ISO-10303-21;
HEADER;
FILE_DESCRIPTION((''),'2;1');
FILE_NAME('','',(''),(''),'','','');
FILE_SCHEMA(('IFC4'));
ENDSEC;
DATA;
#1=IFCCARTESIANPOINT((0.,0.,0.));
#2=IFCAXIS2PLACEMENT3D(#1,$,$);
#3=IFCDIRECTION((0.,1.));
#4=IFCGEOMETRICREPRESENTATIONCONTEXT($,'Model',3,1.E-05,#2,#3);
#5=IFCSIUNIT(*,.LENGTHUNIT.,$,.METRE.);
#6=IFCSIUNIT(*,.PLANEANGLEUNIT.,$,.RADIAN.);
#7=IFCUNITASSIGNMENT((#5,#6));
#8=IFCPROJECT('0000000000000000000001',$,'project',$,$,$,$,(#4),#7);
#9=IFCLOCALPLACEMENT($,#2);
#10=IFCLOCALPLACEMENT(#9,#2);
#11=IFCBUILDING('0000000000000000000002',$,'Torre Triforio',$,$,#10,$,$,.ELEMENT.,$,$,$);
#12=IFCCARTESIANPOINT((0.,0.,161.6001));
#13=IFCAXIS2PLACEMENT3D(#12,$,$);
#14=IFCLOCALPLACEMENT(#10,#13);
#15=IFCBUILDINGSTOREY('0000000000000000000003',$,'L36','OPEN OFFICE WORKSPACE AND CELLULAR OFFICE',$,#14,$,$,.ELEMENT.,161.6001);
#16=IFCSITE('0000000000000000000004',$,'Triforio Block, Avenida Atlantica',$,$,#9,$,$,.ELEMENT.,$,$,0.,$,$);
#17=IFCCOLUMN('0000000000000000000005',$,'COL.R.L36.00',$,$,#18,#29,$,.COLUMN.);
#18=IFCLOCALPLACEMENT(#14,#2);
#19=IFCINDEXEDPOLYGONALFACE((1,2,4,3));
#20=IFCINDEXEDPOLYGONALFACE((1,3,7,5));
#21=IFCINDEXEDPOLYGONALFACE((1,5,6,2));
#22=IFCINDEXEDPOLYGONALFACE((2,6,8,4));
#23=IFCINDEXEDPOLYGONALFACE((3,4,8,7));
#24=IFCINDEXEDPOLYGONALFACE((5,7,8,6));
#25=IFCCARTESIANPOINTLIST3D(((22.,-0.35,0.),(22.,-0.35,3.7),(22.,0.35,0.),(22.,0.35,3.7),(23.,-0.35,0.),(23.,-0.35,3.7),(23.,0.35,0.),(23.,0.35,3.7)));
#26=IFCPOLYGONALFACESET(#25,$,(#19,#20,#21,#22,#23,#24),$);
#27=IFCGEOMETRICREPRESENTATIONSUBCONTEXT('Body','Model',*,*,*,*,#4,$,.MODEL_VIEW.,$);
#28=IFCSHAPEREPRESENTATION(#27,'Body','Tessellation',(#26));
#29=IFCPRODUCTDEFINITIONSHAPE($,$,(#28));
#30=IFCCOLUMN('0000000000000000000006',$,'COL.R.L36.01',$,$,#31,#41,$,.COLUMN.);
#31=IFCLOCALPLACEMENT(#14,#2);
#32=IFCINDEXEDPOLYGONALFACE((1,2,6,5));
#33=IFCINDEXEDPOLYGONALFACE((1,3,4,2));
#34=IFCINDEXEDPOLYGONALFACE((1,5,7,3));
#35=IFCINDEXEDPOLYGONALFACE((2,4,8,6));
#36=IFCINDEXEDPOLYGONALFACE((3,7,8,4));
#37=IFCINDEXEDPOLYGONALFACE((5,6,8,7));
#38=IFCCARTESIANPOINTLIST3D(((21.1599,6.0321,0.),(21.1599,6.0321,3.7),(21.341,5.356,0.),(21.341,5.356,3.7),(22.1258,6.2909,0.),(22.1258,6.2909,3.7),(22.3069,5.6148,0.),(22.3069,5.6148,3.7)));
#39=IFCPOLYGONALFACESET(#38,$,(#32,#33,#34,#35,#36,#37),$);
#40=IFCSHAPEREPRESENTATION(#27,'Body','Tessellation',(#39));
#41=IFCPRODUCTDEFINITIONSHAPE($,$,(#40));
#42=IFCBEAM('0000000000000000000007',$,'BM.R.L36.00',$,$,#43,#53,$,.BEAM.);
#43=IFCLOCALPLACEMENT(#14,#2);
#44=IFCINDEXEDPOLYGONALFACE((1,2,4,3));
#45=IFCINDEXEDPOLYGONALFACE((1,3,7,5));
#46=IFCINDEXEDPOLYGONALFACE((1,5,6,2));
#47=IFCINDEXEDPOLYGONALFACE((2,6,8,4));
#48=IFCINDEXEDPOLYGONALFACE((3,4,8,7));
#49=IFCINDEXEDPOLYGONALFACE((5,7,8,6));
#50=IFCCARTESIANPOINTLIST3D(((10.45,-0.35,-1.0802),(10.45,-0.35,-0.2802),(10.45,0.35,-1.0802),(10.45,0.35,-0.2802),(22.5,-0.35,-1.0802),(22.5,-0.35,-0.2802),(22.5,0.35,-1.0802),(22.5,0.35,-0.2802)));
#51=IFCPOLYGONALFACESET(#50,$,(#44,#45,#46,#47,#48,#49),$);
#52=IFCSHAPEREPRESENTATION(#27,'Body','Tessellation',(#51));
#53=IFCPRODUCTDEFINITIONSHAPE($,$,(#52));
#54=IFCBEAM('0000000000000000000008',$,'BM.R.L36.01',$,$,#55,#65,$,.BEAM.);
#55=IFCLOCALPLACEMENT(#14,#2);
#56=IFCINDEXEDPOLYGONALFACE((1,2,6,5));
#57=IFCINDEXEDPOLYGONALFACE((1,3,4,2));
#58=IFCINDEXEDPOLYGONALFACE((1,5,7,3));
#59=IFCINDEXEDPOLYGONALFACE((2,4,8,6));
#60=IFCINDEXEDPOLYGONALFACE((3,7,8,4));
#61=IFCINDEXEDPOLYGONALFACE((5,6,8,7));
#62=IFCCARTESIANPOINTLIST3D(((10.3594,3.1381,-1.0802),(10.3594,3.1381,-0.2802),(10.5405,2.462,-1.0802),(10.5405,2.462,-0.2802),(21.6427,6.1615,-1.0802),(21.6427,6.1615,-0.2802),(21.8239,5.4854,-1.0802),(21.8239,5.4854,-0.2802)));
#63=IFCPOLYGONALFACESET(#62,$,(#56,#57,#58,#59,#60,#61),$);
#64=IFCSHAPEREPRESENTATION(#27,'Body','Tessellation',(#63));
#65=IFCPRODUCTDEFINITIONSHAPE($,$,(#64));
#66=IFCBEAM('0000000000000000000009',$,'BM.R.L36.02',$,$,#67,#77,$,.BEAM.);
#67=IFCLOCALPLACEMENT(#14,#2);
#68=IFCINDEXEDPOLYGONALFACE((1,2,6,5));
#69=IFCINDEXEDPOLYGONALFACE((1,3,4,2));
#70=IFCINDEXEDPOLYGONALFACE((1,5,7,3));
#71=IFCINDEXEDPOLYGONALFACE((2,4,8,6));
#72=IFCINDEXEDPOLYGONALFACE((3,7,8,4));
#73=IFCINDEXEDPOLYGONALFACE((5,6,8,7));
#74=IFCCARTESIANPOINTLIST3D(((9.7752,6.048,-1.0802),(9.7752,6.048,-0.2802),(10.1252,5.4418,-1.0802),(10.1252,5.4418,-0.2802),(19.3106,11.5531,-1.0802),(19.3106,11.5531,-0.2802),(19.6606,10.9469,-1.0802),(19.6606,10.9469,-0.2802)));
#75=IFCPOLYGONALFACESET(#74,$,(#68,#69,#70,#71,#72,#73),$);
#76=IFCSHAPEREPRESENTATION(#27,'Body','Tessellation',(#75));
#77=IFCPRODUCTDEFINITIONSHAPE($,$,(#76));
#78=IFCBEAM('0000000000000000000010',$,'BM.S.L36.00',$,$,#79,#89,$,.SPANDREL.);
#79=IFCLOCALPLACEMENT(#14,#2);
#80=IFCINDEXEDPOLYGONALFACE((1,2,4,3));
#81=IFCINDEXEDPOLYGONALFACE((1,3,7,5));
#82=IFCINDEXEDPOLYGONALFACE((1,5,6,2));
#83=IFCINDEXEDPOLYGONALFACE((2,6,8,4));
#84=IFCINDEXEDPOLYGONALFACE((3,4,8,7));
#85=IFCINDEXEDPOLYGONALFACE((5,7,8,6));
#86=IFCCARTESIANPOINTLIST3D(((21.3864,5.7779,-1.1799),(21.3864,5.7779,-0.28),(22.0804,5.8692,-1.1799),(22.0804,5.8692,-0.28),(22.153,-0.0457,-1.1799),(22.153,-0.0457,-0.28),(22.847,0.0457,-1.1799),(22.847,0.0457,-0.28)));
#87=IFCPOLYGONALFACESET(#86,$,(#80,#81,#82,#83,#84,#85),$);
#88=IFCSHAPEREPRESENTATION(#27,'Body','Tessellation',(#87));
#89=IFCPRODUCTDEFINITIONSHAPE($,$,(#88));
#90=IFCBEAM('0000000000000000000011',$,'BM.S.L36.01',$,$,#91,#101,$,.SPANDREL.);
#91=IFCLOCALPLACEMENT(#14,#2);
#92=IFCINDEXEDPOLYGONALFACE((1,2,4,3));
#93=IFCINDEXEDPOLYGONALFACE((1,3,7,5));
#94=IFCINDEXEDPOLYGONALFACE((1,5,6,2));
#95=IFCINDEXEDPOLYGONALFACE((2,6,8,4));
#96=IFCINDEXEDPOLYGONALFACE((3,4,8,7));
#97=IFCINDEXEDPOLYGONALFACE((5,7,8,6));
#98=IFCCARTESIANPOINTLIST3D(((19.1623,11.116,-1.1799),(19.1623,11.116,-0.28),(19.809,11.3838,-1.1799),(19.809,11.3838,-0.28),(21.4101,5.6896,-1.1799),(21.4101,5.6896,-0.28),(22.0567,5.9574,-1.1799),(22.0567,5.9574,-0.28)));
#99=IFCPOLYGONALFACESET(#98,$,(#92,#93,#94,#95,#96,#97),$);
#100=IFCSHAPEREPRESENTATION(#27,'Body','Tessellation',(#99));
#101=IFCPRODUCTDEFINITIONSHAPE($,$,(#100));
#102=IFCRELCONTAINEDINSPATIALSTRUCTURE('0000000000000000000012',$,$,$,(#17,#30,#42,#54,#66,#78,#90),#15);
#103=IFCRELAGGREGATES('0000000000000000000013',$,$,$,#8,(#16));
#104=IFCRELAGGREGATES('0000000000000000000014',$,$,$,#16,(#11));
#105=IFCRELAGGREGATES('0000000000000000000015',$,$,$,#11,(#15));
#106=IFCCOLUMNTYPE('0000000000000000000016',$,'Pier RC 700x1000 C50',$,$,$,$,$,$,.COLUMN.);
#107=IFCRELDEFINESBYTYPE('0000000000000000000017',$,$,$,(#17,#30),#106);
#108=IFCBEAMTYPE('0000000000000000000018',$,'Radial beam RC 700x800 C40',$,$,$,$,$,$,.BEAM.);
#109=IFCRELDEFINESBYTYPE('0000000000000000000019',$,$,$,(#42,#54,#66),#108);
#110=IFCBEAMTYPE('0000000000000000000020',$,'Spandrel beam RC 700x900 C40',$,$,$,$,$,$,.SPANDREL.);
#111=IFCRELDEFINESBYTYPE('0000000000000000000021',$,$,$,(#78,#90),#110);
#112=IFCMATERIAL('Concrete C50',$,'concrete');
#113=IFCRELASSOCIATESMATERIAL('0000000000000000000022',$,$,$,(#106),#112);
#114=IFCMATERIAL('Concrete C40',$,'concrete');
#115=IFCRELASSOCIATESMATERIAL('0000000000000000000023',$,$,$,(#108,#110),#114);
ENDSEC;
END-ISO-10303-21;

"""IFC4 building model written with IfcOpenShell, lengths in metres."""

from ifc_helpers import new_model, si_unit, direction, frame, origin, origin_2d, place, context, subcontext, project, spatial, rectangle, extrude, material, material_profile, profile_set, type_object, element, save


model = new_model("IFC4")

# Units and contexts
model_context = context("Model", 3, precision=1e-05, world=origin(), true_north=direction((0.0, 1.0)))
body_context = subcontext(model_context, "Body", "Model", "MODEL_VIEW")
ifc_project = project(units=[si_unit("LENGTHUNIT", "METRE"), si_unit("PLANEANGLEUNIT", "RADIAN")], contexts=[model_context])

# Site, building, storey
site_placement = place(None, origin())
site = spatial("IfcSite", under=ifc_project, at=site_placement, Name="Triforio Block, Avenida Atlantica", CompositionType="ELEMENT", RefElevation=0.0)
building_placement = place(site_placement, origin())
building = spatial("IfcBuilding", under=site, at=building_placement, Name="Torre Triforio", CompositionType="ELEMENT")
storey_placement = place(building_placement, frame((0.0, 0.0, 161.6001)))
storey = spatial("IfcBuildingStorey", under=building, at=storey_placement, Name="L36", Description="OPEN OFFICE WORKSPACE AND CELLULAR OFFICE", CompositionType="ELEMENT", Elevation=161.6001)

# Columns
ifc_material_1 = material(Name="Concrete C50", Category="concrete")
ifc_material_profile_1 = material_profile(ifc_material_1, rectangle(XDim=0.7, YDim=1.0, at=origin_2d()), Name="RC 700x1000")
ifc_profile_set_1 = profile_set([ifc_material_profile_1], Name="Concrete C50")
column_type = type_object("IfcColumnType", Name="Pier RC 700x1000 C50", PredefinedType="COLUMN", material=ifc_profile_set_1)
for number, where, z_axis, x_axis, name in (
    (1, (22.5, 0.0, 0.0), (0.0, 0.0, 1.0), (0.0, 1.0, 0.0), "COL.R.L36.00"),
    (2, (21.7334, 5.8235, 0.0), (0.0, 0.0, 1.0), (-0.258819, 0.965926, 0.0), "COL.R.L36.01"),
):
    element("IfcColumn", number, at=place(storey_placement, frame(where, z_axis=z_axis, x_axis=x_axis)), inside=storey, type_object=column_type, Name=name, PredefinedType="COLUMN", context=body_context, shape_type="SweptSolid", body=[
        extrude(rectangle(XDim=0.7, YDim=1.0, at=origin_2d()), origin(), (0.0, 0.0, 1.0), 3.7),
    ])

# Beams
ifc_material_2 = material(Name="Concrete C40", Category="concrete")
ifc_material_profile_2 = material_profile(ifc_material_2, rectangle(XDim=0.7, YDim=0.8, at=origin_2d()), Name="RC 700x800")
ifc_profile_set_2 = profile_set([ifc_material_profile_2], Name="Concrete C40")
beam_type_1 = type_object("IfcBeamType", Name="Radial beam RC 700x800 C40", PredefinedType="BEAM", material=ifc_profile_set_2)
beam_1_placement = place(storey_placement, frame((10.45, 0.0, -0.6802), z_axis=(1.0, 0.0, 0.0), x_axis=(0.0, 1.0, 0.0)))
element("IfcBeam", 3, at=beam_1_placement, inside=storey, type_object=beam_type_1, Name="BM.R.L36.00", PredefinedType="BEAM", context=body_context, shape_type="SweptSolid", body=[
    extrude(rectangle(XDim=0.7, YDim=0.8, at=origin_2d()), origin(), (0.0, 0.0, 1.0), 12.05),
])
beam_2_placement = place(storey_placement, frame((10.45, 2.8, -0.6802), z_axis=(0.965925, 0.258823, 0.0), x_axis=(-0.258823, 0.965925, 0.0)))
element("IfcBeam", 4, at=beam_2_placement, inside=storey, type_object=beam_type_1, Name="BM.R.L36.01", PredefinedType="BEAM", context=body_context, shape_type="SweptSolid", body=[
    extrude(rectangle(XDim=0.7, YDim=0.8, at=origin_2d()), origin(), (0.0, 0.0, 1.0), 11.6814),
])
beam_3_placement = place(storey_placement, frame((9.9502, 5.7449, -0.6802), z_axis=(0.866031, 0.499991, 0.0), x_axis=(-0.499991, 0.866031, 0.0)))
element("IfcBeam", 5, at=beam_3_placement, inside=storey, type_object=beam_type_1, Name="BM.R.L36.02", PredefinedType="BEAM", context=body_context, shape_type="SweptSolid", body=[
    extrude(rectangle(XDim=0.7, YDim=0.8, at=origin_2d()), origin(), (0.0, 0.0, 1.0), 11.0105),
])
ifc_material_profile_3 = material_profile(ifc_material_2, rectangle(XDim=0.7, YDim=0.8999, at=origin_2d()), Name="RC 700x900")
ifc_profile_set_3 = profile_set([ifc_material_profile_3], Name="Concrete C40")
beam_type_2 = type_object("IfcBeamType", Name="Spandrel beam RC 700x900 C40", PredefinedType="SPANDREL", material=ifc_profile_set_3)
beam_4_placement = place(storey_placement, frame((22.5, 0.0, -0.73), z_axis=(-0.130514, 0.991447, 0.0), x_axis=(-0.991447, -0.130514, 0.0)))
element("IfcBeam", 6, at=beam_4_placement, inside=storey, type_object=beam_type_2, Name="BM.S.L36.00", PredefinedType="SPANDREL", context=body_context, shape_type="SweptSolid", body=[
    extrude(rectangle(XDim=0.7, YDim=0.8999, at=origin_2d()), origin(), (0.0, 0.0, 1.0), 5.8738),
])
beam_5_placement = place(storey_placement, frame((21.7334, 5.8235, -0.73), z_axis=(-0.382693, 0.923875, 0.0), x_axis=(-0.923875, -0.382693, 0.0)))
element("IfcBeam", 7, at=beam_5_placement, inside=storey, type_object=beam_type_2, Name="BM.S.L36.01", PredefinedType="SPANDREL", context=body_context, shape_type="SweptSolid", body=[
    extrude(rectangle(XDim=0.7, YDim=0.8999, at=origin_2d()), origin(), (0.0, 0.0, 1.0), 5.8735),
])

save(model, "model.ifc")
